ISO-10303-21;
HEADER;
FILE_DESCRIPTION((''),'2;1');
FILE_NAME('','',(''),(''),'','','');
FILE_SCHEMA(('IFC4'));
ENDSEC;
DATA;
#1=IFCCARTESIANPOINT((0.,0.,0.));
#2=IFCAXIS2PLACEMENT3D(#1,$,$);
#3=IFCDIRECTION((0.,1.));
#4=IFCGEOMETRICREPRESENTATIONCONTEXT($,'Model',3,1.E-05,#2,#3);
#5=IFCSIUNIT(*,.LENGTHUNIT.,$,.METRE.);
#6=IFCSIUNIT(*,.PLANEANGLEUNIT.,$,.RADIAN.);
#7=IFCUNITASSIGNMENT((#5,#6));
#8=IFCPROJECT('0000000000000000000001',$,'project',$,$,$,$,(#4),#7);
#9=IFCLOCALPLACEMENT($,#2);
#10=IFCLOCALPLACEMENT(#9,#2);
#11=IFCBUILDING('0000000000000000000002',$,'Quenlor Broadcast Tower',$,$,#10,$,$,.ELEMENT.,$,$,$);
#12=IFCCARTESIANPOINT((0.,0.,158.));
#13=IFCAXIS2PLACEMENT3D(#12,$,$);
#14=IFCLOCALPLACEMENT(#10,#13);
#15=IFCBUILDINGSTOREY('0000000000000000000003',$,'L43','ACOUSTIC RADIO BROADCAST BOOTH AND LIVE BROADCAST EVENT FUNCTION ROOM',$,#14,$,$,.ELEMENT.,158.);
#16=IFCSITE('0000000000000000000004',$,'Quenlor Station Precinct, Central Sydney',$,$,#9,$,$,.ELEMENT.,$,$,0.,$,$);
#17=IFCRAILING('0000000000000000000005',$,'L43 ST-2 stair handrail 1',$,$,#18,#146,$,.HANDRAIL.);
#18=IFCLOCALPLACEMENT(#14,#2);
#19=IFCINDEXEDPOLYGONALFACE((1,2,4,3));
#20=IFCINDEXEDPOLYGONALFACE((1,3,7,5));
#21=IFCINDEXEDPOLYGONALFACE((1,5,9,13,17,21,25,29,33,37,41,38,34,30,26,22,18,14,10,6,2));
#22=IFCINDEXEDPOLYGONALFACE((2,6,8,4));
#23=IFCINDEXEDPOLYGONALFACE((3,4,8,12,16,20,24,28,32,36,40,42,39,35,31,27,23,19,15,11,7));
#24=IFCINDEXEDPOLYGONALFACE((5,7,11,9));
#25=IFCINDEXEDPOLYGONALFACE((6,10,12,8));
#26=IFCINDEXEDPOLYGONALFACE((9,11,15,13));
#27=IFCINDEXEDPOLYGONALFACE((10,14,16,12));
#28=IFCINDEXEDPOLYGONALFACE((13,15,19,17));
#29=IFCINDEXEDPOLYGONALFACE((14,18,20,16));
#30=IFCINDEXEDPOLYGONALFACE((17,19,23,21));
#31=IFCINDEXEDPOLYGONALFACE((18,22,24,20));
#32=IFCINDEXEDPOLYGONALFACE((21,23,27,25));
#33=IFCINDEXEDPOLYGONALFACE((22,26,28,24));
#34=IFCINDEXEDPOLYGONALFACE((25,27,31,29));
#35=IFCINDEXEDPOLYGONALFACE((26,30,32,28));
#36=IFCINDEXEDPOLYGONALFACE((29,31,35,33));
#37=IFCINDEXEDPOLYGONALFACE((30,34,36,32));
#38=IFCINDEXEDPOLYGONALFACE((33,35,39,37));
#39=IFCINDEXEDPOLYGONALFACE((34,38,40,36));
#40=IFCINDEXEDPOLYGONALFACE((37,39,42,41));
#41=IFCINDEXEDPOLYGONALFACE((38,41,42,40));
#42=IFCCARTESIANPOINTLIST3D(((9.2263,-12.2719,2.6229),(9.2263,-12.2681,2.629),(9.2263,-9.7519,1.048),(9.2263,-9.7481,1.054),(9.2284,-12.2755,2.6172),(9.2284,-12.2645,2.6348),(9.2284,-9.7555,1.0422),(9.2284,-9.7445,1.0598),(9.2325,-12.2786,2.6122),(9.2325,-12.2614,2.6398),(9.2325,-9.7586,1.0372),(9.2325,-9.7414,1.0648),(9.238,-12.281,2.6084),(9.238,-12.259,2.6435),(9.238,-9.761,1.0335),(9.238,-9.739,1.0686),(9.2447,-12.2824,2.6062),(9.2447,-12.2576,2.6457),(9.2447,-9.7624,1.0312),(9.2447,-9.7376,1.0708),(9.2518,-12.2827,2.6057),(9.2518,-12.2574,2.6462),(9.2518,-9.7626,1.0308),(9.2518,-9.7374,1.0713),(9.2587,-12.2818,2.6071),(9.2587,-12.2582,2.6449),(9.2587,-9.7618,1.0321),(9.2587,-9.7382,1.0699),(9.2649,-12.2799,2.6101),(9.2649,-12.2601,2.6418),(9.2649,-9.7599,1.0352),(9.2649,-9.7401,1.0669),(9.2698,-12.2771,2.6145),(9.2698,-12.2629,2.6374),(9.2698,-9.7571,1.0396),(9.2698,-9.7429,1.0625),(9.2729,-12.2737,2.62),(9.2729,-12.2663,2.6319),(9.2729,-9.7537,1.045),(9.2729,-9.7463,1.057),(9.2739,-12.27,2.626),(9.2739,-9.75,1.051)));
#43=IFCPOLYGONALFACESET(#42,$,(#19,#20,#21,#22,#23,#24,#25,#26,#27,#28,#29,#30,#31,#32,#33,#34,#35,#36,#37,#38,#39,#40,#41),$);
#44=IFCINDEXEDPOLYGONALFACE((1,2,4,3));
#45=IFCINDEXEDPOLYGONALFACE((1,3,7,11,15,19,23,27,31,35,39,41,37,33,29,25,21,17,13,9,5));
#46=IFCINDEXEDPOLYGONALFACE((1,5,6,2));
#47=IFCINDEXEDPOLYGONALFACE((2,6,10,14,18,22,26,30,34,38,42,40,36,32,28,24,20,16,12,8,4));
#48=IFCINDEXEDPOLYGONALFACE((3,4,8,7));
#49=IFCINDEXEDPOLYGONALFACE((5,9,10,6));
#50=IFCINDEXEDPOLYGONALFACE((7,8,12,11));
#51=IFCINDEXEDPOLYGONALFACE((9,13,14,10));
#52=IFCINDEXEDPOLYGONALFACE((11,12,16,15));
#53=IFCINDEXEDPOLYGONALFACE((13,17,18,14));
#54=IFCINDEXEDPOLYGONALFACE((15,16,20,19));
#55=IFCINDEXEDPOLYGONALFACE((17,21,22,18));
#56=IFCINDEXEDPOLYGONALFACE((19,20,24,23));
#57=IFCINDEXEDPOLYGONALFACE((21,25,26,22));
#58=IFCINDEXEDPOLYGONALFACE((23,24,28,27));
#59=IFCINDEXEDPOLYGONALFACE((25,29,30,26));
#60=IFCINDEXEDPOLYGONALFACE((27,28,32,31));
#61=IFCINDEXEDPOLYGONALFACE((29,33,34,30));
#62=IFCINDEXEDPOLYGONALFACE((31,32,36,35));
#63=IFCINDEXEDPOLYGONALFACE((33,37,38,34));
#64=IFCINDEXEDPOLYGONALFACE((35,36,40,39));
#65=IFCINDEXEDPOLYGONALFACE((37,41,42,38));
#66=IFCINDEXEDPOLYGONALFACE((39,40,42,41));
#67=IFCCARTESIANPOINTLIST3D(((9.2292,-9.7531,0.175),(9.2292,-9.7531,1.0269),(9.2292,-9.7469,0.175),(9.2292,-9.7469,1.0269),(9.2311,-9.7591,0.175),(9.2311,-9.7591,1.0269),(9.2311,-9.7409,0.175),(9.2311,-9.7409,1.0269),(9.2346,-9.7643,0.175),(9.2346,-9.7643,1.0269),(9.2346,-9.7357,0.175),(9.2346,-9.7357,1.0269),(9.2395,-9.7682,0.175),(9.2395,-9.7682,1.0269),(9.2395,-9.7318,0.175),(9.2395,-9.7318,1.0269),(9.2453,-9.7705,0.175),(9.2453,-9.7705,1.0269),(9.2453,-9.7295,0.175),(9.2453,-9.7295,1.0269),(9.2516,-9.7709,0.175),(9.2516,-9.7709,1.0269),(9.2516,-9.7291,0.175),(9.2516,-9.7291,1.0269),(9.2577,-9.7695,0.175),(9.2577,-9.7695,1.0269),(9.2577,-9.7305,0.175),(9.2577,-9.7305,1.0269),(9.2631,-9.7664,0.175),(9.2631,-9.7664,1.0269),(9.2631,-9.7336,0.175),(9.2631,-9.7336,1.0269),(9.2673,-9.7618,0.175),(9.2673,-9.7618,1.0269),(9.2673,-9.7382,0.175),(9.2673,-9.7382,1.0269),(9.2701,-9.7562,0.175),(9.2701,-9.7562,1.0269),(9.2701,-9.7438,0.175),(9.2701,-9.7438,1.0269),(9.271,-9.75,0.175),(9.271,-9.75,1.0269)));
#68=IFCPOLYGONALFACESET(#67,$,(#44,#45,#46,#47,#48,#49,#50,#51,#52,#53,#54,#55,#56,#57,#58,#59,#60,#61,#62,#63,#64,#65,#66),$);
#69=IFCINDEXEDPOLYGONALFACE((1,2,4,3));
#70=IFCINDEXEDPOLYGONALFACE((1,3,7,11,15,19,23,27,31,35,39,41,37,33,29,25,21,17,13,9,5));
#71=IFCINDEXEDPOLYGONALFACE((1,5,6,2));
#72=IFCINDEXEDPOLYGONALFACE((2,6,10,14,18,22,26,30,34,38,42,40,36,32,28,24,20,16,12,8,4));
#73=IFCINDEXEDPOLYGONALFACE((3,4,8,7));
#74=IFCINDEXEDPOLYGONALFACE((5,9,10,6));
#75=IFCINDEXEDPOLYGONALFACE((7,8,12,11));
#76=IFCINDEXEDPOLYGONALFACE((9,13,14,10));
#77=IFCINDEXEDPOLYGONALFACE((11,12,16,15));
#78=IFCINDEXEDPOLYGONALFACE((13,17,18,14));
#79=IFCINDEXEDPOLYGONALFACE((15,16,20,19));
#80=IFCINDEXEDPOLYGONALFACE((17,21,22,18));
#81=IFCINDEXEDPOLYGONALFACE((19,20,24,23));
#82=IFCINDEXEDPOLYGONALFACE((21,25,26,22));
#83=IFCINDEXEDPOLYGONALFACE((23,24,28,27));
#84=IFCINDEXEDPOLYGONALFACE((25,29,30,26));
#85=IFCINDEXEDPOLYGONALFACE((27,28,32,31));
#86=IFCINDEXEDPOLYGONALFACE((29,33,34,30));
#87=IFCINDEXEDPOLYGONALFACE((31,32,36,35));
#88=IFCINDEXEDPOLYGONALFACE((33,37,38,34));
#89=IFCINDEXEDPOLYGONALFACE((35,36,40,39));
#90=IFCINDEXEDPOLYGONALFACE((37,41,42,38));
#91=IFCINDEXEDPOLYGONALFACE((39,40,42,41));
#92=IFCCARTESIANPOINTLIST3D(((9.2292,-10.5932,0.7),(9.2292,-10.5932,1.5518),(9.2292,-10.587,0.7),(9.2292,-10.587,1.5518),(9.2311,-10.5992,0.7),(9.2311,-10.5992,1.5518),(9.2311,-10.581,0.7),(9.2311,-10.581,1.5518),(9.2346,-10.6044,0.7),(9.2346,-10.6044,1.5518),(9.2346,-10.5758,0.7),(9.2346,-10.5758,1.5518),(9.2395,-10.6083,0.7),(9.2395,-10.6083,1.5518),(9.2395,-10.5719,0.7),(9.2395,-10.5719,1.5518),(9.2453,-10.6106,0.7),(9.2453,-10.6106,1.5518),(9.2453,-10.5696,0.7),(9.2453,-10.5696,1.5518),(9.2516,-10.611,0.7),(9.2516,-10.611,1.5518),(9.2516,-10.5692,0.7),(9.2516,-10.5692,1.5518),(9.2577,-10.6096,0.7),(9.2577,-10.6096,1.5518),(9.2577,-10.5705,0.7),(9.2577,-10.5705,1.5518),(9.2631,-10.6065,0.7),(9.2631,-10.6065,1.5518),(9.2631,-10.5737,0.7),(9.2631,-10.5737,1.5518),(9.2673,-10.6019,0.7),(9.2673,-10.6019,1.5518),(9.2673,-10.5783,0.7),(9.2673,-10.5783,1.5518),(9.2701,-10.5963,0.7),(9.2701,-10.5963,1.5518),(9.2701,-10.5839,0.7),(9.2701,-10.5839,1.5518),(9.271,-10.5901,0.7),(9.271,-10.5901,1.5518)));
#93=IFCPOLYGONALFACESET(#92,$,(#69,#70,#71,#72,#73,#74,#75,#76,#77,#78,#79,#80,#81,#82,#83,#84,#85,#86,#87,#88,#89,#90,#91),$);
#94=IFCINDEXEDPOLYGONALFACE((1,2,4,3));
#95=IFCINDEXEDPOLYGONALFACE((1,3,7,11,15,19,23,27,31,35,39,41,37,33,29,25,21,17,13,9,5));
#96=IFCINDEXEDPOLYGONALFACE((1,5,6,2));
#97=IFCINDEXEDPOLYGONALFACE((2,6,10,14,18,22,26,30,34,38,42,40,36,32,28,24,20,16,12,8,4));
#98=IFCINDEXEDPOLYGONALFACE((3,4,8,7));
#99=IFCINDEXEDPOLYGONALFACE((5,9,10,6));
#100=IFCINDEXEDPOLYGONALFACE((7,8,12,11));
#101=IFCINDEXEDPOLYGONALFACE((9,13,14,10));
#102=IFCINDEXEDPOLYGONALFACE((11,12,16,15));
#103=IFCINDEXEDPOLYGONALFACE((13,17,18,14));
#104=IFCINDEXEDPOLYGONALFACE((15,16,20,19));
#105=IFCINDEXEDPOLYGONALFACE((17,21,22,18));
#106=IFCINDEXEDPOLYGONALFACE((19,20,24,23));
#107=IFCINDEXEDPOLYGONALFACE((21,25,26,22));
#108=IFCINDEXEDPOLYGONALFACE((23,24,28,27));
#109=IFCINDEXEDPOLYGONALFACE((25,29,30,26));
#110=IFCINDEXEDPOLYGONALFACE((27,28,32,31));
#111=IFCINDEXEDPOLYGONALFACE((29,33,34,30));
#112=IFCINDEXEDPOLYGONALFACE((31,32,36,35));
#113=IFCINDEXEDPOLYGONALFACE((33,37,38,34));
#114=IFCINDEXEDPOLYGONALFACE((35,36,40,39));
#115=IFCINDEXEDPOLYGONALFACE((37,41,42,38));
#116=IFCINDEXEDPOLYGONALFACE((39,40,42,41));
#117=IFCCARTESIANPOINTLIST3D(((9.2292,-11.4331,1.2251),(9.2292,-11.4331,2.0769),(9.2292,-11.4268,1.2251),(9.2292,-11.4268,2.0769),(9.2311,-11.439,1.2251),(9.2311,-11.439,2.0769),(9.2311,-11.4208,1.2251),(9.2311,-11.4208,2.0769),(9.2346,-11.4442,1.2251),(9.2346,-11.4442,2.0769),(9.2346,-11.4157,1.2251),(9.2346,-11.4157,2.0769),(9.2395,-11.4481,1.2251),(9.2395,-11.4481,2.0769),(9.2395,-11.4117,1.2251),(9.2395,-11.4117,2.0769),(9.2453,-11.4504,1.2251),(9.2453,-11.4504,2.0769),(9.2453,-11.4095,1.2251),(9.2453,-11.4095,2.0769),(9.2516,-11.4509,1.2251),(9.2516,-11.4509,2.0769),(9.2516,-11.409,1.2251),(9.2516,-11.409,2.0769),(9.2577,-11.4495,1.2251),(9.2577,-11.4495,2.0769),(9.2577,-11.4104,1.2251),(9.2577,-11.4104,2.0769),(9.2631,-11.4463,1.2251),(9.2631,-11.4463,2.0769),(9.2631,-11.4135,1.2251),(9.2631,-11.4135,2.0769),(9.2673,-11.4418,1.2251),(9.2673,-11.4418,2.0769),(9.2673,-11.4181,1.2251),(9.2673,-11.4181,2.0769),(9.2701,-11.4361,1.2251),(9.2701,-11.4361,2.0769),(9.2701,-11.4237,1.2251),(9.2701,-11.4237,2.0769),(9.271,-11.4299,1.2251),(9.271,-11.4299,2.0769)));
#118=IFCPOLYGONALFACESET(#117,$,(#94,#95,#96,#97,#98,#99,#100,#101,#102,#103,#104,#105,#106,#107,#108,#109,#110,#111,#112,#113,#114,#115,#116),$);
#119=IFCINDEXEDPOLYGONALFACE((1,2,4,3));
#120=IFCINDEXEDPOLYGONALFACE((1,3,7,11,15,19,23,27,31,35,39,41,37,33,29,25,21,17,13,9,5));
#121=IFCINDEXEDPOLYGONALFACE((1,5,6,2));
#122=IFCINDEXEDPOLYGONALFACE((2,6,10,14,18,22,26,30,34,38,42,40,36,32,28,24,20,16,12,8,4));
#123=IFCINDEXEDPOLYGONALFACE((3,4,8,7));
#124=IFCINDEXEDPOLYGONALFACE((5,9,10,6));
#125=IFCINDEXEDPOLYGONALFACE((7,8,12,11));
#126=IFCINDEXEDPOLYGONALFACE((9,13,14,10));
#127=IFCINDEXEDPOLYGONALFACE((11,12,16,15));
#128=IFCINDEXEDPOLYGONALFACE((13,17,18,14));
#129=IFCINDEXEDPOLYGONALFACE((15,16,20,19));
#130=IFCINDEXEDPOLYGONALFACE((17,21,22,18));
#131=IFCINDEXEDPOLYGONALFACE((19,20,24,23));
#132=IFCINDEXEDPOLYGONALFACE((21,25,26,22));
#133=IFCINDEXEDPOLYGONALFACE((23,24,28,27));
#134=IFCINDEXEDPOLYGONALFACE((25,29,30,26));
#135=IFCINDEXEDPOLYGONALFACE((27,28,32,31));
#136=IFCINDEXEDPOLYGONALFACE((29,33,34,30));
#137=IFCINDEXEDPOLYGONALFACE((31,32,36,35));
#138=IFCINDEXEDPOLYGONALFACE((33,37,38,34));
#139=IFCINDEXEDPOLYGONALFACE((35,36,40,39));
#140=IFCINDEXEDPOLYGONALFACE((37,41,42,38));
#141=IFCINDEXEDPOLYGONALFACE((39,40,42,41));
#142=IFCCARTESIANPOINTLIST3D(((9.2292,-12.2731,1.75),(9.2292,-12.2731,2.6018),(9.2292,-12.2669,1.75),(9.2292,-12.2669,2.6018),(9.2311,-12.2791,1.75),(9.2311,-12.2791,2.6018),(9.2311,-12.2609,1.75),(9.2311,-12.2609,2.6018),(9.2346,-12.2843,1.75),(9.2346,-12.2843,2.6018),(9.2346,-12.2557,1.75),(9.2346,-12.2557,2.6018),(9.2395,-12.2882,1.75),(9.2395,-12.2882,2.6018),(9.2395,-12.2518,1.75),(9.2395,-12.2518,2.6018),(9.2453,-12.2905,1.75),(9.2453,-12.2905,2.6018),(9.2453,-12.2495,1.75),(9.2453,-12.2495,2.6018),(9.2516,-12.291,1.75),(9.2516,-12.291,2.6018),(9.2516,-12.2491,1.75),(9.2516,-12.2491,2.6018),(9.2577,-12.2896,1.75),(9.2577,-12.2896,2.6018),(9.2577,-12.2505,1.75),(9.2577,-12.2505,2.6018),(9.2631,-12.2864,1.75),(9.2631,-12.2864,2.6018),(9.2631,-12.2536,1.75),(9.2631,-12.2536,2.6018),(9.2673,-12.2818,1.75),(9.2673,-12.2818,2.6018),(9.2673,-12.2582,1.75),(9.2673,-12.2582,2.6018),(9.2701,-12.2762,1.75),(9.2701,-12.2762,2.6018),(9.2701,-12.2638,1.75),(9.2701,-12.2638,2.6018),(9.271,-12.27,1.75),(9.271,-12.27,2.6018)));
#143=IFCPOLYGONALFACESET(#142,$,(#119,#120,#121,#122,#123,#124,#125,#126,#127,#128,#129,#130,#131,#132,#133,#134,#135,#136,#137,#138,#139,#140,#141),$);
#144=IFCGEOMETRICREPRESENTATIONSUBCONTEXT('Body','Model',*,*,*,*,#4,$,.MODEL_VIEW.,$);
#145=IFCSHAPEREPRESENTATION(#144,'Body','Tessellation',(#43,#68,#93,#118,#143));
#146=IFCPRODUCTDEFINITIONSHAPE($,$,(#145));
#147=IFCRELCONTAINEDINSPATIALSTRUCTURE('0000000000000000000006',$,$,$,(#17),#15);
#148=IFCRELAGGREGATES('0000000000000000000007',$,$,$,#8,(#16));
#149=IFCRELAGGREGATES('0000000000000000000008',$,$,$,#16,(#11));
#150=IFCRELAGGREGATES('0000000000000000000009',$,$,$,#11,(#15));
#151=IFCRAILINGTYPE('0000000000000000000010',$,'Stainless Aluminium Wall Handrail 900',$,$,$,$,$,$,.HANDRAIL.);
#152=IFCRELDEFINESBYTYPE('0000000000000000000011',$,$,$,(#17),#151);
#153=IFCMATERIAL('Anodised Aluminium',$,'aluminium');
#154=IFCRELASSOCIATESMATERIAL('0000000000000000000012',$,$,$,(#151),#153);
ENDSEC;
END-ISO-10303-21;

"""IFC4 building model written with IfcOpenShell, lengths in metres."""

from ifc_helpers import new_model, si_unit, direction, frame, origin, origin_2d, place, context, subcontext, project, spatial, circle, extrude, material, type_object, element, save


model = new_model("IFC4")

# Units and contexts
model_context = context("Model", 3, precision=1e-05, world=origin(), true_north=direction((0.0, 1.0)))
body_context = subcontext(model_context, "Body", "Model", "MODEL_VIEW")
ifc_project = project(units=[si_unit("LENGTHUNIT", "METRE"), si_unit("PLANEANGLEUNIT", "RADIAN")], contexts=[model_context])

# Site, building, storey
site_placement = place(None, origin())
site = spatial("IfcSite", under=ifc_project, at=site_placement, Name="Quenlor Station Precinct, Central Sydney", CompositionType="ELEMENT", RefElevation=0.0)
building_placement = place(site_placement, origin())
building = spatial("IfcBuilding", under=site, at=building_placement, Name="Quenlor Broadcast Tower", CompositionType="ELEMENT")
storey_placement = place(building_placement, frame((0.0, 0.0, 158.0)))
storey = spatial("IfcBuildingStorey", under=building, at=storey_placement, Name="L43", Description="ACOUSTIC RADIO BROADCAST BOOTH AND LIVE BROADCAST EVENT FUNCTION ROOM", CompositionType="ELEMENT", Elevation=158.0)

# Railing
ifc_material_1 = material(Name="Anodised Aluminium", Category="aluminium")
railing_type_1 = type_object("IfcRailingType", Name="Stainless Aluminium Wall Handrail 900", PredefinedType="HANDRAIL", material=ifc_material_1)
railing_1_placement = place(storey_placement, frame((9.25, -9.75, 0.175)))
element("IfcRailing", 1, at=railing_1_placement, inside=storey, type_object=railing_type_1, Name="L43 ST-2 stair handrail 1", PredefinedType="HANDRAIL", context=body_context, shape_type="SweptSolid", body=[
    extrude(circle(Radius=0.0239, at=origin_2d()), frame((0.0, 0.0, 0.876), z_axis=(0.0, -0.848008, 0.529984), x_axis=(1.0, 0.0, 0.0)), (0.0, 0.0, 1.0), 2.9717),
    extrude(circle(Radius=0.021, at=origin_2d()), origin(), (0.0, 0.0, 1.0), 0.8518),
    extrude(circle(Radius=0.021, at=origin_2d()), frame((0.0, -0.8401, 0.5249)), (0.0, 0.0, 1.0), 0.8518),
    extrude(circle(Radius=0.021, at=origin_2d()), frame((0.0, -1.6799, 1.05)), (0.0, 0.0, 1.0), 0.8518),
    extrude(circle(Radius=0.021, at=origin_2d()), frame((0.0, -2.52, 1.575)), (0.0, 0.0, 1.0), 0.8518),
])

save(model, "model.ifc")
